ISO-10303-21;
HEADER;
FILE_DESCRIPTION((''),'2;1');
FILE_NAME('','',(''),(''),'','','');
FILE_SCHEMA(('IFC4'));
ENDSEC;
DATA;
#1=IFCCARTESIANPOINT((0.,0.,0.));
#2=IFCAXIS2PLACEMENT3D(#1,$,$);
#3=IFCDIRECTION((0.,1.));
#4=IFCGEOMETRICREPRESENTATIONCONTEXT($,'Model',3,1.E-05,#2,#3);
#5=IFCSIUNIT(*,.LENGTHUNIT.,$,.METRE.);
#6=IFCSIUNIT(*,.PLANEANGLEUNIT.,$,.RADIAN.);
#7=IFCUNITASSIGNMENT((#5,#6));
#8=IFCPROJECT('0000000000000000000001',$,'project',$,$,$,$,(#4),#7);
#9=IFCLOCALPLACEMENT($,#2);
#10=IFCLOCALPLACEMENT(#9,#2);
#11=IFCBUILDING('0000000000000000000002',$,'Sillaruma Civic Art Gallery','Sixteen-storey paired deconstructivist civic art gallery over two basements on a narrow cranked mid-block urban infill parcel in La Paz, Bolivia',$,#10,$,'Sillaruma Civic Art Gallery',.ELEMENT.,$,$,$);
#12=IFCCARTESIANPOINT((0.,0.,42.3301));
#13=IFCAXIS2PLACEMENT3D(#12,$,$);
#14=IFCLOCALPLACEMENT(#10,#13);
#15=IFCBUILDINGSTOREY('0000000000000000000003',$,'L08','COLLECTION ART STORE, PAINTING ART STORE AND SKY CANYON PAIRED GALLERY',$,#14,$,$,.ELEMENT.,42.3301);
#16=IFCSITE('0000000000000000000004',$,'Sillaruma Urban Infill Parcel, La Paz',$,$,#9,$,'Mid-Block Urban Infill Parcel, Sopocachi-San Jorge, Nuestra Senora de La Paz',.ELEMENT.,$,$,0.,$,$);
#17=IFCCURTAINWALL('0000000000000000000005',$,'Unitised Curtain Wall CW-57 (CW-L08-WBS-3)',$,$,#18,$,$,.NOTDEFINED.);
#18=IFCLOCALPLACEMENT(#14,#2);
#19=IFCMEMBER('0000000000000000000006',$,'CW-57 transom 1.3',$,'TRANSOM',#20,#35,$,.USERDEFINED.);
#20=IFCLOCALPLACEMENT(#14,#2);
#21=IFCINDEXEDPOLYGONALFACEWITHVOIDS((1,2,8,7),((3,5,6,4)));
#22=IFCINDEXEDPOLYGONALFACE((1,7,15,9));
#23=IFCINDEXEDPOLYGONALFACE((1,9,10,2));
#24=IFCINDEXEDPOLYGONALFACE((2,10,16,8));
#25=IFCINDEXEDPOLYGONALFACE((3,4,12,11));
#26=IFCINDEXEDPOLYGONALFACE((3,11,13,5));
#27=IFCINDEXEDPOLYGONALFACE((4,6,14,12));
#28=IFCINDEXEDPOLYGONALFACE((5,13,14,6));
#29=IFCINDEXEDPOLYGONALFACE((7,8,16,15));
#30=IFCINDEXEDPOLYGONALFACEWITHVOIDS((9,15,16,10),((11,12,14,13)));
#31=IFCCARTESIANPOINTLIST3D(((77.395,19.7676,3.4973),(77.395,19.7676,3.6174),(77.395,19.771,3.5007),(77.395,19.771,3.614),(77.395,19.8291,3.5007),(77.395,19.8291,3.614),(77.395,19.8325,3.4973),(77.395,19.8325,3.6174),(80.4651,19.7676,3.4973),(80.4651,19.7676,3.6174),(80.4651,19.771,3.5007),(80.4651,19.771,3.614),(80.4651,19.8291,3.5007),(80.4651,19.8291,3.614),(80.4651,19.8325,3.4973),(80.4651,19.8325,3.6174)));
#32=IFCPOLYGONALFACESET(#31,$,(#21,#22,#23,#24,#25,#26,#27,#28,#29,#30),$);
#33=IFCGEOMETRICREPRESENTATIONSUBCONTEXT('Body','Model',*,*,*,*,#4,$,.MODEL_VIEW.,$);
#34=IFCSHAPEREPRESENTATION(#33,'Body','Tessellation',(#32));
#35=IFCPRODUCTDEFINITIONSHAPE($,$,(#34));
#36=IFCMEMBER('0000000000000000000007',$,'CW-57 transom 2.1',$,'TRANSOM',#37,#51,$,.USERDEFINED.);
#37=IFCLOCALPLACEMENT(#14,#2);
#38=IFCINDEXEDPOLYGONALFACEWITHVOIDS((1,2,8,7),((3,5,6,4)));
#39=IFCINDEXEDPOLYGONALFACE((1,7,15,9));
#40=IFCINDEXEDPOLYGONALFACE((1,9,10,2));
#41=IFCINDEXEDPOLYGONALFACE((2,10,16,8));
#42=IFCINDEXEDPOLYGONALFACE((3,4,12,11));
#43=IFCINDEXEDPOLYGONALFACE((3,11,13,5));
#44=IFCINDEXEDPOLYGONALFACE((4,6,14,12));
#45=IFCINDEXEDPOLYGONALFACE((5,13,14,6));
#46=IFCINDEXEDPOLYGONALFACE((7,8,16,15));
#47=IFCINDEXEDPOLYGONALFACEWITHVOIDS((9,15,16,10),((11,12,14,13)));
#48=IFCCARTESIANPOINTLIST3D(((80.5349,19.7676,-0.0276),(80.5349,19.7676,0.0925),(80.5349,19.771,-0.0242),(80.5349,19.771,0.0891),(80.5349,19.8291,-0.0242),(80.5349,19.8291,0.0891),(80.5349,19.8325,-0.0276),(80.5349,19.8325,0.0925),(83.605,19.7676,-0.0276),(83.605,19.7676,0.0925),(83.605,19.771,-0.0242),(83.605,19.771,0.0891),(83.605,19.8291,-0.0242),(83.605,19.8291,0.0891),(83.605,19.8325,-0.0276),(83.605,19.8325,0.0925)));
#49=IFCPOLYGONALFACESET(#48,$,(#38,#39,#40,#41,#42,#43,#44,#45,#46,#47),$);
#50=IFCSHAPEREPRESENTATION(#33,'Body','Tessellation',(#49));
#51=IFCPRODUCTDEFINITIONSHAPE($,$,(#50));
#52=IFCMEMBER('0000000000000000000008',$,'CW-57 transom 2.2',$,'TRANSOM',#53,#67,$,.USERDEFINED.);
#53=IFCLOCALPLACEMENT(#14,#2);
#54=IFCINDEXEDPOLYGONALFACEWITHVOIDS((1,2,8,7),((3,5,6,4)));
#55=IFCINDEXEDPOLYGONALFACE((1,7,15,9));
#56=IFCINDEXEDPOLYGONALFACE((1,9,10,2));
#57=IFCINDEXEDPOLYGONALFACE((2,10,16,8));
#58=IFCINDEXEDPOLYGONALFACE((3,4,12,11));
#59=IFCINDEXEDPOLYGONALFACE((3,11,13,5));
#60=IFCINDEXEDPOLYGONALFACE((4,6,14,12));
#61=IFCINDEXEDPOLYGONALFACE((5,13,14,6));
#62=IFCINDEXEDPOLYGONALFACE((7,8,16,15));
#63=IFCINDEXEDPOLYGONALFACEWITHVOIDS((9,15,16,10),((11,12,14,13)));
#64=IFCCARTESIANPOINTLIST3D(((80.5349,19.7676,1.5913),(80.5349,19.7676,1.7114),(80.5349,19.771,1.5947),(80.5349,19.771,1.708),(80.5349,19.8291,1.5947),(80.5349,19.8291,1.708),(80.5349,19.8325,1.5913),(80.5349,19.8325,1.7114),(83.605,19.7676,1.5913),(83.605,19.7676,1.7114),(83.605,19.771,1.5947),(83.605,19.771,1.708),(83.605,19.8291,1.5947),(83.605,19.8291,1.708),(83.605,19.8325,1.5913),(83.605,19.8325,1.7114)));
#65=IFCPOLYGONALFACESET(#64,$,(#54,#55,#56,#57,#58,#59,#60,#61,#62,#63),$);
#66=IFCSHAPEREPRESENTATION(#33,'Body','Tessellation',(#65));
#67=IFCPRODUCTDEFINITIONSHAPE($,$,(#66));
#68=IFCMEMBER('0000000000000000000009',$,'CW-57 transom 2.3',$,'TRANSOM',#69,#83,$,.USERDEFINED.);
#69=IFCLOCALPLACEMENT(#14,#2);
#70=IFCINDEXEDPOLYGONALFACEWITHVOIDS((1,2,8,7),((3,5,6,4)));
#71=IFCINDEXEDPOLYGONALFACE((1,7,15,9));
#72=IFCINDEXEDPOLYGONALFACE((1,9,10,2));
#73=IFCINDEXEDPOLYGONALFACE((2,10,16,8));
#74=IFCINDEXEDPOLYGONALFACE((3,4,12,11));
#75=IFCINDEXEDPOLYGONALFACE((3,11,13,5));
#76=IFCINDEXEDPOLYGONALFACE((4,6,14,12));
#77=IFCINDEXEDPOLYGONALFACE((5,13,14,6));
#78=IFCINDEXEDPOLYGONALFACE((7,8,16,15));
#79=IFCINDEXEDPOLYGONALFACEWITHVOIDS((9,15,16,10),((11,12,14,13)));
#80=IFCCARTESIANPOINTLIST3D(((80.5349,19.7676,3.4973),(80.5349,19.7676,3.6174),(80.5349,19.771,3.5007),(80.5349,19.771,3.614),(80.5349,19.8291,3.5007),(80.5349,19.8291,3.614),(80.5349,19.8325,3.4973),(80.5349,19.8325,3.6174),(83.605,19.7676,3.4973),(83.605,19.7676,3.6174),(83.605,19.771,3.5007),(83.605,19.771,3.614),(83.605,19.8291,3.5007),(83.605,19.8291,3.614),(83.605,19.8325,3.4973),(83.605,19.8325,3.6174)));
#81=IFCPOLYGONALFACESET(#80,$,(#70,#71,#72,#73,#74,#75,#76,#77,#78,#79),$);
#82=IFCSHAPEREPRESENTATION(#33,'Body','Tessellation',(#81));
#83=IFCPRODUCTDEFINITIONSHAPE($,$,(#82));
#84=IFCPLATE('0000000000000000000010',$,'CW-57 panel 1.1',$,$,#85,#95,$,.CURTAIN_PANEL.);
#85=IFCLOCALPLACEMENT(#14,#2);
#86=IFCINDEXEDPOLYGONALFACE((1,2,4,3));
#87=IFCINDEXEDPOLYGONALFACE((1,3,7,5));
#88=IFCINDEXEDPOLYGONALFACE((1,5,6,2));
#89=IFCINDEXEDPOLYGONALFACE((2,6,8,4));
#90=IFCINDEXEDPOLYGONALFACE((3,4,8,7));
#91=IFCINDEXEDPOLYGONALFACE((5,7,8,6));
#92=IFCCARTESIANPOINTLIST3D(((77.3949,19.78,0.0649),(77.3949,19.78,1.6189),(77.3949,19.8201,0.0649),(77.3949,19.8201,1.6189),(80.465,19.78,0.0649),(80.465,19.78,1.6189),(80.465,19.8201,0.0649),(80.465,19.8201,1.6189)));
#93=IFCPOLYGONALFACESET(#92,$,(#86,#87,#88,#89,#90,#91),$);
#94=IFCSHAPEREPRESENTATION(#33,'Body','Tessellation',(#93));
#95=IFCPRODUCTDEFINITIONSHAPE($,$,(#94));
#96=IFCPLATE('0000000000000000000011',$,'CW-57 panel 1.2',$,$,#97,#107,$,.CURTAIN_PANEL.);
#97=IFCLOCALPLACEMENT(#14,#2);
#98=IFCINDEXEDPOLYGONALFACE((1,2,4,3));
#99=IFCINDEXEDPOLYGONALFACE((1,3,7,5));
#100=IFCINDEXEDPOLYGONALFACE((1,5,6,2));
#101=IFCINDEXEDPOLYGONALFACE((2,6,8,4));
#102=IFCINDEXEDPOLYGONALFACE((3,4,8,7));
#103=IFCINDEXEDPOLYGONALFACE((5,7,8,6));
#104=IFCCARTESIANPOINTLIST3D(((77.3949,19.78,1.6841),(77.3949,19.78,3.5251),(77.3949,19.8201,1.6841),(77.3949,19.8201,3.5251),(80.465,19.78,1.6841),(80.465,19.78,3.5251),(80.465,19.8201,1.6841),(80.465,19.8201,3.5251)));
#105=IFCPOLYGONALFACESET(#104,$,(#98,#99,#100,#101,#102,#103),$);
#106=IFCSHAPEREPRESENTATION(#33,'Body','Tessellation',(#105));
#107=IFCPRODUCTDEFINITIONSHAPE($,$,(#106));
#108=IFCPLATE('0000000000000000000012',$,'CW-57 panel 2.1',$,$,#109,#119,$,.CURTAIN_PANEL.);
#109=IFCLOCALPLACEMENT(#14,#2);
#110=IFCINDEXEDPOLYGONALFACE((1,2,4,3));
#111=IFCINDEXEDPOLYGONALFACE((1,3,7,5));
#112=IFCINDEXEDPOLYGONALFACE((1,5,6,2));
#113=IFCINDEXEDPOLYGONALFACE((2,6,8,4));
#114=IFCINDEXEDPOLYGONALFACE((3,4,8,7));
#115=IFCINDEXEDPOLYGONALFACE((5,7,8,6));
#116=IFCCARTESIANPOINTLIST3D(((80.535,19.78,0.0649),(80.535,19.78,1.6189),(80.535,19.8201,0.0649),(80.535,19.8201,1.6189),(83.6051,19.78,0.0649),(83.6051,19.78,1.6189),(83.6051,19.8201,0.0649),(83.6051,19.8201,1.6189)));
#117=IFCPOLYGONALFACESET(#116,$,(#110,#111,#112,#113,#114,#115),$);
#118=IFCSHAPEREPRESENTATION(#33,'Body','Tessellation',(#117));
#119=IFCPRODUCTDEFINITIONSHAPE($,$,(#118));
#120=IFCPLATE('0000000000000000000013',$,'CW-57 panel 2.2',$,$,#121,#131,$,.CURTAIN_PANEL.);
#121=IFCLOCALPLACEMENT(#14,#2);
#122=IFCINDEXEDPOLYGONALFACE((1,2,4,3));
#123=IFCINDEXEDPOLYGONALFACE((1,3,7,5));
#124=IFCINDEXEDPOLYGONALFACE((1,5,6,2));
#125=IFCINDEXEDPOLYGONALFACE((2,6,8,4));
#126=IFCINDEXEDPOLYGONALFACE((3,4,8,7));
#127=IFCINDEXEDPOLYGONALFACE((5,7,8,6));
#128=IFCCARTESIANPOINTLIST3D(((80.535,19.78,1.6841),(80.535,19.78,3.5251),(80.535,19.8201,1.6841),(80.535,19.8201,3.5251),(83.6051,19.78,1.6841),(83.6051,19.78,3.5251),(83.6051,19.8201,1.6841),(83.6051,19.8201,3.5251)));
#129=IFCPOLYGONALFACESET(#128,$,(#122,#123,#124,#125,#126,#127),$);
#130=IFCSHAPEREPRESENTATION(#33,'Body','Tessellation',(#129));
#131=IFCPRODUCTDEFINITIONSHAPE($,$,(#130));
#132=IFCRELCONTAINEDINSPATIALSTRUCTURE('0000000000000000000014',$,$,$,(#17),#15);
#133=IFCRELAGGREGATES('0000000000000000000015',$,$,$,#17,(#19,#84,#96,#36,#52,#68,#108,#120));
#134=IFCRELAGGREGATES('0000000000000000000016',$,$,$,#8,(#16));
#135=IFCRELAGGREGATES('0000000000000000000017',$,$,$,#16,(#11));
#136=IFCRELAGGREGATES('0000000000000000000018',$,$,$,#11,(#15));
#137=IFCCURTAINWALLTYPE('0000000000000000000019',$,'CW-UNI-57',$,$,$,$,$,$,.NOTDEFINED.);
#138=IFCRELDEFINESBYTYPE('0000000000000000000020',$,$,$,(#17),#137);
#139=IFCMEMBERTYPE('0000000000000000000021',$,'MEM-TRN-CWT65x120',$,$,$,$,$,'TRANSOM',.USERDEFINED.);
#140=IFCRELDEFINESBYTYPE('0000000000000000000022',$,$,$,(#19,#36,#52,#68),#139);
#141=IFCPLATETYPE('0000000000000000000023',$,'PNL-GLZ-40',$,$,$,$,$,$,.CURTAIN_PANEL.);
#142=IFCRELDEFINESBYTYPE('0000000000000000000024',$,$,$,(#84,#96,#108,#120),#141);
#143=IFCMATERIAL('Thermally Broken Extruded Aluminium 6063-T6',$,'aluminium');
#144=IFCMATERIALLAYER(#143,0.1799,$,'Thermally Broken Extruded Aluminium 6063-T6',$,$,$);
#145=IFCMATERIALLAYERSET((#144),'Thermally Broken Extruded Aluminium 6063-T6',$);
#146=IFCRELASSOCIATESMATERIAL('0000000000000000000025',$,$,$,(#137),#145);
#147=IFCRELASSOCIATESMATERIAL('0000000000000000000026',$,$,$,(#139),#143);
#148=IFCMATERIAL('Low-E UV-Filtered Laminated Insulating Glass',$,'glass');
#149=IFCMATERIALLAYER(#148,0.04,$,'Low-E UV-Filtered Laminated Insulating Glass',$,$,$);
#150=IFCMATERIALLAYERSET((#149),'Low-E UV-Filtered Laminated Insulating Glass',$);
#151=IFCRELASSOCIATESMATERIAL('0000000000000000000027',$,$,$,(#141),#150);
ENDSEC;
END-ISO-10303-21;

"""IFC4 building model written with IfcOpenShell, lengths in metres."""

from ifc_helpers import new_model, si_unit, direction, frame, origin, origin_2d, place, context, subcontext, project, spatial, rectangle, hollow_rectangle, extrude, material, layer, layer_set, material_profile, profile_set, type_object, element, aggregate, save


model = new_model("IFC4")

# Units and contexts
model_context = context("Model", 3, precision=1e-05, world=origin(), true_north=direction((0.0, 1.0)))
body_context = subcontext(model_context, "Body", "Model", "MODEL_VIEW")
ifc_project = project(units=[si_unit("LENGTHUNIT", "METRE"), si_unit("PLANEANGLEUNIT", "RADIAN")], contexts=[model_context])

# Site, building, storey
site_placement = place(None, origin())
site = spatial("IfcSite", under=ifc_project, at=site_placement, Name="Sillaruma Urban Infill Parcel, La Paz", LongName="Mid-Block Urban Infill Parcel, Sopocachi-San Jorge, Nuestra Senora de La Paz", CompositionType="ELEMENT", RefElevation=0.0)
building_placement = place(site_placement, origin())
building = spatial("IfcBuilding", under=site, at=building_placement, Name="Sillaruma Civic Art Gallery", Description="Sixteen-storey paired deconstructivist civic art gallery over two basements on a narrow cranked mid-block urban infill parcel in La Paz, Bolivia", LongName="Sillaruma Civic Art Gallery", CompositionType="ELEMENT")
storey_placement = place(building_placement, frame((0.0, 0.0, 42.3301)))
storey = spatial("IfcBuildingStorey", under=building, at=storey_placement, Name="L08", Description="COLLECTION ART STORE, PAINTING ART STORE AND SKY CANYON PAIRED GALLERY", CompositionType="ELEMENT", Elevation=42.3301)

# Shared definitions
ifc_material_1 = material(Name="Thermally Broken Extruded Aluminium 6063-T6", Category="aluminium")

# Curtain wall, members, plates
ifc_layer_1 = layer(ifc_material_1, 0.1799, Name="Thermally Broken Extruded Aluminium 6063-T6")
ifc_layer_set_1 = layer_set([ifc_layer_1], Name="Thermally Broken Extruded Aluminium 6063-T6")
curtain_wall_type_1 = type_object("IfcCurtainWallType", Name="CW-UNI-57", PredefinedType="NOTDEFINED", material=ifc_layer_set_1)
curtain_wall_1_placement = place(storey_placement, origin())
curtain_wall_1 = element("IfcCurtainWall", 1, at=curtain_wall_1_placement, inside=storey, type_object=curtain_wall_type_1, Name="Unitised Curtain Wall CW-57 (CW-L08-WBS-3)", PredefinedType="NOTDEFINED")
ifc_material_profile_1 = material_profile(ifc_material_1, hollow_rectangle(XDim=0.0649, YDim=0.1201, WallThickness=0.0034, at=origin_2d()), Name="CWT65x120")
ifc_profile_set_1 = profile_set([ifc_material_profile_1], Name="Thermally Broken Extruded Aluminium 6063-T6")
member_type_1 = type_object("IfcMemberType", Name="MEM-TRN-CWT65x120", ElementType="TRANSOM", PredefinedType="USERDEFINED", material=ifc_profile_set_1)
member_1_placement = place(storey_placement, frame((77.395, 19.8, 3.5574), z_axis=(1.0, 0.0, 0.0), x_axis=(0.0, 1.0, 0.0)))
member_1 = element("IfcMember", 2, at=member_1_placement, type_object=member_type_1, Name="CW-57 transom 1.3", ObjectType="TRANSOM", PredefinedType="USERDEFINED", context=body_context, shape_type="SweptSolid", body=[
    extrude(hollow_rectangle(XDim=0.0649, YDim=0.1201, WallThickness=0.0034, at=origin_2d()), origin(), (0.0, 0.0, 1.0), 3.0701),
])
member_2_placement = place(storey_placement, frame((80.5349, 19.8, 0.0325), z_axis=(1.0, 0.0, 0.0), x_axis=(0.0, 1.0, 0.0)))
member_2 = element("IfcMember", 3, at=member_2_placement, type_object=member_type_1, Name="CW-57 transom 2.1", ObjectType="TRANSOM", PredefinedType="USERDEFINED", context=body_context, shape_type="SweptSolid", body=[
    extrude(hollow_rectangle(XDim=0.0649, YDim=0.1201, WallThickness=0.0034, at=origin_2d()), origin(), (0.0, 0.0, 1.0), 3.0701),
])
member_3_placement = place(storey_placement, frame((80.5349, 19.8, 1.6514), z_axis=(1.0, 0.0, 0.0), x_axis=(0.0, 1.0, 0.0)))
member_3 = element("IfcMember", 4, at=member_3_placement, type_object=member_type_1, Name="CW-57 transom 2.2", ObjectType="TRANSOM", PredefinedType="USERDEFINED", context=body_context, shape_type="SweptSolid", body=[
    extrude(hollow_rectangle(XDim=0.0649, YDim=0.1201, WallThickness=0.0034, at=origin_2d()), origin(), (0.0, 0.0, 1.0), 3.0701),
])
member_4_placement = place(storey_placement, frame((80.5349, 19.8, 3.5574), z_axis=(1.0, 0.0, 0.0), x_axis=(0.0, 1.0, 0.0)))
member_4 = element("IfcMember", 5, at=member_4_placement, type_object=member_type_1, Name="CW-57 transom 2.3", ObjectType="TRANSOM", PredefinedType="USERDEFINED", context=body_context, shape_type="SweptSolid", body=[
    extrude(hollow_rectangle(XDim=0.0649, YDim=0.1201, WallThickness=0.0034, at=origin_2d()), origin(), (0.0, 0.0, 1.0), 3.0701),
])
ifc_material_2 = material(Name="Low-E UV-Filtered Laminated Insulating Glass", Category="glass")
ifc_layer_2 = layer(ifc_material_2, 0.04, Name="Low-E UV-Filtered Laminated Insulating Glass")
ifc_layer_set_2 = layer_set([ifc_layer_2], Name="Low-E UV-Filtered Laminated Insulating Glass")
plate_type = type_object("IfcPlateType", Name="PNL-GLZ-40", PredefinedType="CURTAIN_PANEL", material=ifc_layer_set_2)
plate_1_placement = place(storey_placement, frame((78.9299, 19.8, 0.0649), z_axis=(0.0, 0.0, 1.0), x_axis=(1.0, 0.0, 0.0)))
plate_1 = element("IfcPlate", 6, at=plate_1_placement, type_object=plate_type, Name="CW-57 panel 1.1", PredefinedType="CURTAIN_PANEL", context=body_context, shape_type="SweptSolid", body=[
    extrude(rectangle(XDim=3.0701, YDim=0.04, at=origin_2d()), origin(), (0.0, 0.0, 1.0), 1.554),
])
plate_2_placement = place(storey_placement, frame((78.9299, 19.8, 1.6841), z_axis=(0.0, 0.0, 1.0), x_axis=(1.0, 0.0, 0.0)))
plate_2 = element("IfcPlate", 7, at=plate_2_placement, type_object=plate_type, Name="CW-57 panel 1.2", PredefinedType="CURTAIN_PANEL", context=body_context, shape_type="SweptSolid", body=[
    extrude(rectangle(XDim=3.0701, YDim=0.04, at=origin_2d()), origin(), (0.0, 0.0, 1.0), 1.8411),
])
plate_3_placement = place(storey_placement, frame((82.0701, 19.8, 0.0649), z_axis=(0.0, 0.0, 1.0), x_axis=(1.0, 0.0, 0.0)))
plate_3 = element("IfcPlate", 8, at=plate_3_placement, type_object=plate_type, Name="CW-57 panel 2.1", PredefinedType="CURTAIN_PANEL", context=body_context, shape_type="SweptSolid", body=[
    extrude(rectangle(XDim=3.0701, YDim=0.04, at=origin_2d()), origin(), (0.0, 0.0, 1.0), 1.554),
])
plate_4_placement = place(storey_placement, frame((82.0701, 19.8, 1.6841), z_axis=(0.0, 0.0, 1.0), x_axis=(1.0, 0.0, 0.0)))
plate_4 = element("IfcPlate", 9, at=plate_4_placement, type_object=plate_type, Name="CW-57 panel 2.2", PredefinedType="CURTAIN_PANEL", context=body_context, shape_type="SweptSolid", body=[
    extrude(rectangle(XDim=3.0701, YDim=0.04, at=origin_2d()), origin(), (0.0, 0.0, 1.0), 1.8411),
])
aggregate(curtain_wall_1, [member_1, plate_1, plate_2, member_2, member_3, member_4, plate_3, plate_4])

save(model, "model.ifc")
